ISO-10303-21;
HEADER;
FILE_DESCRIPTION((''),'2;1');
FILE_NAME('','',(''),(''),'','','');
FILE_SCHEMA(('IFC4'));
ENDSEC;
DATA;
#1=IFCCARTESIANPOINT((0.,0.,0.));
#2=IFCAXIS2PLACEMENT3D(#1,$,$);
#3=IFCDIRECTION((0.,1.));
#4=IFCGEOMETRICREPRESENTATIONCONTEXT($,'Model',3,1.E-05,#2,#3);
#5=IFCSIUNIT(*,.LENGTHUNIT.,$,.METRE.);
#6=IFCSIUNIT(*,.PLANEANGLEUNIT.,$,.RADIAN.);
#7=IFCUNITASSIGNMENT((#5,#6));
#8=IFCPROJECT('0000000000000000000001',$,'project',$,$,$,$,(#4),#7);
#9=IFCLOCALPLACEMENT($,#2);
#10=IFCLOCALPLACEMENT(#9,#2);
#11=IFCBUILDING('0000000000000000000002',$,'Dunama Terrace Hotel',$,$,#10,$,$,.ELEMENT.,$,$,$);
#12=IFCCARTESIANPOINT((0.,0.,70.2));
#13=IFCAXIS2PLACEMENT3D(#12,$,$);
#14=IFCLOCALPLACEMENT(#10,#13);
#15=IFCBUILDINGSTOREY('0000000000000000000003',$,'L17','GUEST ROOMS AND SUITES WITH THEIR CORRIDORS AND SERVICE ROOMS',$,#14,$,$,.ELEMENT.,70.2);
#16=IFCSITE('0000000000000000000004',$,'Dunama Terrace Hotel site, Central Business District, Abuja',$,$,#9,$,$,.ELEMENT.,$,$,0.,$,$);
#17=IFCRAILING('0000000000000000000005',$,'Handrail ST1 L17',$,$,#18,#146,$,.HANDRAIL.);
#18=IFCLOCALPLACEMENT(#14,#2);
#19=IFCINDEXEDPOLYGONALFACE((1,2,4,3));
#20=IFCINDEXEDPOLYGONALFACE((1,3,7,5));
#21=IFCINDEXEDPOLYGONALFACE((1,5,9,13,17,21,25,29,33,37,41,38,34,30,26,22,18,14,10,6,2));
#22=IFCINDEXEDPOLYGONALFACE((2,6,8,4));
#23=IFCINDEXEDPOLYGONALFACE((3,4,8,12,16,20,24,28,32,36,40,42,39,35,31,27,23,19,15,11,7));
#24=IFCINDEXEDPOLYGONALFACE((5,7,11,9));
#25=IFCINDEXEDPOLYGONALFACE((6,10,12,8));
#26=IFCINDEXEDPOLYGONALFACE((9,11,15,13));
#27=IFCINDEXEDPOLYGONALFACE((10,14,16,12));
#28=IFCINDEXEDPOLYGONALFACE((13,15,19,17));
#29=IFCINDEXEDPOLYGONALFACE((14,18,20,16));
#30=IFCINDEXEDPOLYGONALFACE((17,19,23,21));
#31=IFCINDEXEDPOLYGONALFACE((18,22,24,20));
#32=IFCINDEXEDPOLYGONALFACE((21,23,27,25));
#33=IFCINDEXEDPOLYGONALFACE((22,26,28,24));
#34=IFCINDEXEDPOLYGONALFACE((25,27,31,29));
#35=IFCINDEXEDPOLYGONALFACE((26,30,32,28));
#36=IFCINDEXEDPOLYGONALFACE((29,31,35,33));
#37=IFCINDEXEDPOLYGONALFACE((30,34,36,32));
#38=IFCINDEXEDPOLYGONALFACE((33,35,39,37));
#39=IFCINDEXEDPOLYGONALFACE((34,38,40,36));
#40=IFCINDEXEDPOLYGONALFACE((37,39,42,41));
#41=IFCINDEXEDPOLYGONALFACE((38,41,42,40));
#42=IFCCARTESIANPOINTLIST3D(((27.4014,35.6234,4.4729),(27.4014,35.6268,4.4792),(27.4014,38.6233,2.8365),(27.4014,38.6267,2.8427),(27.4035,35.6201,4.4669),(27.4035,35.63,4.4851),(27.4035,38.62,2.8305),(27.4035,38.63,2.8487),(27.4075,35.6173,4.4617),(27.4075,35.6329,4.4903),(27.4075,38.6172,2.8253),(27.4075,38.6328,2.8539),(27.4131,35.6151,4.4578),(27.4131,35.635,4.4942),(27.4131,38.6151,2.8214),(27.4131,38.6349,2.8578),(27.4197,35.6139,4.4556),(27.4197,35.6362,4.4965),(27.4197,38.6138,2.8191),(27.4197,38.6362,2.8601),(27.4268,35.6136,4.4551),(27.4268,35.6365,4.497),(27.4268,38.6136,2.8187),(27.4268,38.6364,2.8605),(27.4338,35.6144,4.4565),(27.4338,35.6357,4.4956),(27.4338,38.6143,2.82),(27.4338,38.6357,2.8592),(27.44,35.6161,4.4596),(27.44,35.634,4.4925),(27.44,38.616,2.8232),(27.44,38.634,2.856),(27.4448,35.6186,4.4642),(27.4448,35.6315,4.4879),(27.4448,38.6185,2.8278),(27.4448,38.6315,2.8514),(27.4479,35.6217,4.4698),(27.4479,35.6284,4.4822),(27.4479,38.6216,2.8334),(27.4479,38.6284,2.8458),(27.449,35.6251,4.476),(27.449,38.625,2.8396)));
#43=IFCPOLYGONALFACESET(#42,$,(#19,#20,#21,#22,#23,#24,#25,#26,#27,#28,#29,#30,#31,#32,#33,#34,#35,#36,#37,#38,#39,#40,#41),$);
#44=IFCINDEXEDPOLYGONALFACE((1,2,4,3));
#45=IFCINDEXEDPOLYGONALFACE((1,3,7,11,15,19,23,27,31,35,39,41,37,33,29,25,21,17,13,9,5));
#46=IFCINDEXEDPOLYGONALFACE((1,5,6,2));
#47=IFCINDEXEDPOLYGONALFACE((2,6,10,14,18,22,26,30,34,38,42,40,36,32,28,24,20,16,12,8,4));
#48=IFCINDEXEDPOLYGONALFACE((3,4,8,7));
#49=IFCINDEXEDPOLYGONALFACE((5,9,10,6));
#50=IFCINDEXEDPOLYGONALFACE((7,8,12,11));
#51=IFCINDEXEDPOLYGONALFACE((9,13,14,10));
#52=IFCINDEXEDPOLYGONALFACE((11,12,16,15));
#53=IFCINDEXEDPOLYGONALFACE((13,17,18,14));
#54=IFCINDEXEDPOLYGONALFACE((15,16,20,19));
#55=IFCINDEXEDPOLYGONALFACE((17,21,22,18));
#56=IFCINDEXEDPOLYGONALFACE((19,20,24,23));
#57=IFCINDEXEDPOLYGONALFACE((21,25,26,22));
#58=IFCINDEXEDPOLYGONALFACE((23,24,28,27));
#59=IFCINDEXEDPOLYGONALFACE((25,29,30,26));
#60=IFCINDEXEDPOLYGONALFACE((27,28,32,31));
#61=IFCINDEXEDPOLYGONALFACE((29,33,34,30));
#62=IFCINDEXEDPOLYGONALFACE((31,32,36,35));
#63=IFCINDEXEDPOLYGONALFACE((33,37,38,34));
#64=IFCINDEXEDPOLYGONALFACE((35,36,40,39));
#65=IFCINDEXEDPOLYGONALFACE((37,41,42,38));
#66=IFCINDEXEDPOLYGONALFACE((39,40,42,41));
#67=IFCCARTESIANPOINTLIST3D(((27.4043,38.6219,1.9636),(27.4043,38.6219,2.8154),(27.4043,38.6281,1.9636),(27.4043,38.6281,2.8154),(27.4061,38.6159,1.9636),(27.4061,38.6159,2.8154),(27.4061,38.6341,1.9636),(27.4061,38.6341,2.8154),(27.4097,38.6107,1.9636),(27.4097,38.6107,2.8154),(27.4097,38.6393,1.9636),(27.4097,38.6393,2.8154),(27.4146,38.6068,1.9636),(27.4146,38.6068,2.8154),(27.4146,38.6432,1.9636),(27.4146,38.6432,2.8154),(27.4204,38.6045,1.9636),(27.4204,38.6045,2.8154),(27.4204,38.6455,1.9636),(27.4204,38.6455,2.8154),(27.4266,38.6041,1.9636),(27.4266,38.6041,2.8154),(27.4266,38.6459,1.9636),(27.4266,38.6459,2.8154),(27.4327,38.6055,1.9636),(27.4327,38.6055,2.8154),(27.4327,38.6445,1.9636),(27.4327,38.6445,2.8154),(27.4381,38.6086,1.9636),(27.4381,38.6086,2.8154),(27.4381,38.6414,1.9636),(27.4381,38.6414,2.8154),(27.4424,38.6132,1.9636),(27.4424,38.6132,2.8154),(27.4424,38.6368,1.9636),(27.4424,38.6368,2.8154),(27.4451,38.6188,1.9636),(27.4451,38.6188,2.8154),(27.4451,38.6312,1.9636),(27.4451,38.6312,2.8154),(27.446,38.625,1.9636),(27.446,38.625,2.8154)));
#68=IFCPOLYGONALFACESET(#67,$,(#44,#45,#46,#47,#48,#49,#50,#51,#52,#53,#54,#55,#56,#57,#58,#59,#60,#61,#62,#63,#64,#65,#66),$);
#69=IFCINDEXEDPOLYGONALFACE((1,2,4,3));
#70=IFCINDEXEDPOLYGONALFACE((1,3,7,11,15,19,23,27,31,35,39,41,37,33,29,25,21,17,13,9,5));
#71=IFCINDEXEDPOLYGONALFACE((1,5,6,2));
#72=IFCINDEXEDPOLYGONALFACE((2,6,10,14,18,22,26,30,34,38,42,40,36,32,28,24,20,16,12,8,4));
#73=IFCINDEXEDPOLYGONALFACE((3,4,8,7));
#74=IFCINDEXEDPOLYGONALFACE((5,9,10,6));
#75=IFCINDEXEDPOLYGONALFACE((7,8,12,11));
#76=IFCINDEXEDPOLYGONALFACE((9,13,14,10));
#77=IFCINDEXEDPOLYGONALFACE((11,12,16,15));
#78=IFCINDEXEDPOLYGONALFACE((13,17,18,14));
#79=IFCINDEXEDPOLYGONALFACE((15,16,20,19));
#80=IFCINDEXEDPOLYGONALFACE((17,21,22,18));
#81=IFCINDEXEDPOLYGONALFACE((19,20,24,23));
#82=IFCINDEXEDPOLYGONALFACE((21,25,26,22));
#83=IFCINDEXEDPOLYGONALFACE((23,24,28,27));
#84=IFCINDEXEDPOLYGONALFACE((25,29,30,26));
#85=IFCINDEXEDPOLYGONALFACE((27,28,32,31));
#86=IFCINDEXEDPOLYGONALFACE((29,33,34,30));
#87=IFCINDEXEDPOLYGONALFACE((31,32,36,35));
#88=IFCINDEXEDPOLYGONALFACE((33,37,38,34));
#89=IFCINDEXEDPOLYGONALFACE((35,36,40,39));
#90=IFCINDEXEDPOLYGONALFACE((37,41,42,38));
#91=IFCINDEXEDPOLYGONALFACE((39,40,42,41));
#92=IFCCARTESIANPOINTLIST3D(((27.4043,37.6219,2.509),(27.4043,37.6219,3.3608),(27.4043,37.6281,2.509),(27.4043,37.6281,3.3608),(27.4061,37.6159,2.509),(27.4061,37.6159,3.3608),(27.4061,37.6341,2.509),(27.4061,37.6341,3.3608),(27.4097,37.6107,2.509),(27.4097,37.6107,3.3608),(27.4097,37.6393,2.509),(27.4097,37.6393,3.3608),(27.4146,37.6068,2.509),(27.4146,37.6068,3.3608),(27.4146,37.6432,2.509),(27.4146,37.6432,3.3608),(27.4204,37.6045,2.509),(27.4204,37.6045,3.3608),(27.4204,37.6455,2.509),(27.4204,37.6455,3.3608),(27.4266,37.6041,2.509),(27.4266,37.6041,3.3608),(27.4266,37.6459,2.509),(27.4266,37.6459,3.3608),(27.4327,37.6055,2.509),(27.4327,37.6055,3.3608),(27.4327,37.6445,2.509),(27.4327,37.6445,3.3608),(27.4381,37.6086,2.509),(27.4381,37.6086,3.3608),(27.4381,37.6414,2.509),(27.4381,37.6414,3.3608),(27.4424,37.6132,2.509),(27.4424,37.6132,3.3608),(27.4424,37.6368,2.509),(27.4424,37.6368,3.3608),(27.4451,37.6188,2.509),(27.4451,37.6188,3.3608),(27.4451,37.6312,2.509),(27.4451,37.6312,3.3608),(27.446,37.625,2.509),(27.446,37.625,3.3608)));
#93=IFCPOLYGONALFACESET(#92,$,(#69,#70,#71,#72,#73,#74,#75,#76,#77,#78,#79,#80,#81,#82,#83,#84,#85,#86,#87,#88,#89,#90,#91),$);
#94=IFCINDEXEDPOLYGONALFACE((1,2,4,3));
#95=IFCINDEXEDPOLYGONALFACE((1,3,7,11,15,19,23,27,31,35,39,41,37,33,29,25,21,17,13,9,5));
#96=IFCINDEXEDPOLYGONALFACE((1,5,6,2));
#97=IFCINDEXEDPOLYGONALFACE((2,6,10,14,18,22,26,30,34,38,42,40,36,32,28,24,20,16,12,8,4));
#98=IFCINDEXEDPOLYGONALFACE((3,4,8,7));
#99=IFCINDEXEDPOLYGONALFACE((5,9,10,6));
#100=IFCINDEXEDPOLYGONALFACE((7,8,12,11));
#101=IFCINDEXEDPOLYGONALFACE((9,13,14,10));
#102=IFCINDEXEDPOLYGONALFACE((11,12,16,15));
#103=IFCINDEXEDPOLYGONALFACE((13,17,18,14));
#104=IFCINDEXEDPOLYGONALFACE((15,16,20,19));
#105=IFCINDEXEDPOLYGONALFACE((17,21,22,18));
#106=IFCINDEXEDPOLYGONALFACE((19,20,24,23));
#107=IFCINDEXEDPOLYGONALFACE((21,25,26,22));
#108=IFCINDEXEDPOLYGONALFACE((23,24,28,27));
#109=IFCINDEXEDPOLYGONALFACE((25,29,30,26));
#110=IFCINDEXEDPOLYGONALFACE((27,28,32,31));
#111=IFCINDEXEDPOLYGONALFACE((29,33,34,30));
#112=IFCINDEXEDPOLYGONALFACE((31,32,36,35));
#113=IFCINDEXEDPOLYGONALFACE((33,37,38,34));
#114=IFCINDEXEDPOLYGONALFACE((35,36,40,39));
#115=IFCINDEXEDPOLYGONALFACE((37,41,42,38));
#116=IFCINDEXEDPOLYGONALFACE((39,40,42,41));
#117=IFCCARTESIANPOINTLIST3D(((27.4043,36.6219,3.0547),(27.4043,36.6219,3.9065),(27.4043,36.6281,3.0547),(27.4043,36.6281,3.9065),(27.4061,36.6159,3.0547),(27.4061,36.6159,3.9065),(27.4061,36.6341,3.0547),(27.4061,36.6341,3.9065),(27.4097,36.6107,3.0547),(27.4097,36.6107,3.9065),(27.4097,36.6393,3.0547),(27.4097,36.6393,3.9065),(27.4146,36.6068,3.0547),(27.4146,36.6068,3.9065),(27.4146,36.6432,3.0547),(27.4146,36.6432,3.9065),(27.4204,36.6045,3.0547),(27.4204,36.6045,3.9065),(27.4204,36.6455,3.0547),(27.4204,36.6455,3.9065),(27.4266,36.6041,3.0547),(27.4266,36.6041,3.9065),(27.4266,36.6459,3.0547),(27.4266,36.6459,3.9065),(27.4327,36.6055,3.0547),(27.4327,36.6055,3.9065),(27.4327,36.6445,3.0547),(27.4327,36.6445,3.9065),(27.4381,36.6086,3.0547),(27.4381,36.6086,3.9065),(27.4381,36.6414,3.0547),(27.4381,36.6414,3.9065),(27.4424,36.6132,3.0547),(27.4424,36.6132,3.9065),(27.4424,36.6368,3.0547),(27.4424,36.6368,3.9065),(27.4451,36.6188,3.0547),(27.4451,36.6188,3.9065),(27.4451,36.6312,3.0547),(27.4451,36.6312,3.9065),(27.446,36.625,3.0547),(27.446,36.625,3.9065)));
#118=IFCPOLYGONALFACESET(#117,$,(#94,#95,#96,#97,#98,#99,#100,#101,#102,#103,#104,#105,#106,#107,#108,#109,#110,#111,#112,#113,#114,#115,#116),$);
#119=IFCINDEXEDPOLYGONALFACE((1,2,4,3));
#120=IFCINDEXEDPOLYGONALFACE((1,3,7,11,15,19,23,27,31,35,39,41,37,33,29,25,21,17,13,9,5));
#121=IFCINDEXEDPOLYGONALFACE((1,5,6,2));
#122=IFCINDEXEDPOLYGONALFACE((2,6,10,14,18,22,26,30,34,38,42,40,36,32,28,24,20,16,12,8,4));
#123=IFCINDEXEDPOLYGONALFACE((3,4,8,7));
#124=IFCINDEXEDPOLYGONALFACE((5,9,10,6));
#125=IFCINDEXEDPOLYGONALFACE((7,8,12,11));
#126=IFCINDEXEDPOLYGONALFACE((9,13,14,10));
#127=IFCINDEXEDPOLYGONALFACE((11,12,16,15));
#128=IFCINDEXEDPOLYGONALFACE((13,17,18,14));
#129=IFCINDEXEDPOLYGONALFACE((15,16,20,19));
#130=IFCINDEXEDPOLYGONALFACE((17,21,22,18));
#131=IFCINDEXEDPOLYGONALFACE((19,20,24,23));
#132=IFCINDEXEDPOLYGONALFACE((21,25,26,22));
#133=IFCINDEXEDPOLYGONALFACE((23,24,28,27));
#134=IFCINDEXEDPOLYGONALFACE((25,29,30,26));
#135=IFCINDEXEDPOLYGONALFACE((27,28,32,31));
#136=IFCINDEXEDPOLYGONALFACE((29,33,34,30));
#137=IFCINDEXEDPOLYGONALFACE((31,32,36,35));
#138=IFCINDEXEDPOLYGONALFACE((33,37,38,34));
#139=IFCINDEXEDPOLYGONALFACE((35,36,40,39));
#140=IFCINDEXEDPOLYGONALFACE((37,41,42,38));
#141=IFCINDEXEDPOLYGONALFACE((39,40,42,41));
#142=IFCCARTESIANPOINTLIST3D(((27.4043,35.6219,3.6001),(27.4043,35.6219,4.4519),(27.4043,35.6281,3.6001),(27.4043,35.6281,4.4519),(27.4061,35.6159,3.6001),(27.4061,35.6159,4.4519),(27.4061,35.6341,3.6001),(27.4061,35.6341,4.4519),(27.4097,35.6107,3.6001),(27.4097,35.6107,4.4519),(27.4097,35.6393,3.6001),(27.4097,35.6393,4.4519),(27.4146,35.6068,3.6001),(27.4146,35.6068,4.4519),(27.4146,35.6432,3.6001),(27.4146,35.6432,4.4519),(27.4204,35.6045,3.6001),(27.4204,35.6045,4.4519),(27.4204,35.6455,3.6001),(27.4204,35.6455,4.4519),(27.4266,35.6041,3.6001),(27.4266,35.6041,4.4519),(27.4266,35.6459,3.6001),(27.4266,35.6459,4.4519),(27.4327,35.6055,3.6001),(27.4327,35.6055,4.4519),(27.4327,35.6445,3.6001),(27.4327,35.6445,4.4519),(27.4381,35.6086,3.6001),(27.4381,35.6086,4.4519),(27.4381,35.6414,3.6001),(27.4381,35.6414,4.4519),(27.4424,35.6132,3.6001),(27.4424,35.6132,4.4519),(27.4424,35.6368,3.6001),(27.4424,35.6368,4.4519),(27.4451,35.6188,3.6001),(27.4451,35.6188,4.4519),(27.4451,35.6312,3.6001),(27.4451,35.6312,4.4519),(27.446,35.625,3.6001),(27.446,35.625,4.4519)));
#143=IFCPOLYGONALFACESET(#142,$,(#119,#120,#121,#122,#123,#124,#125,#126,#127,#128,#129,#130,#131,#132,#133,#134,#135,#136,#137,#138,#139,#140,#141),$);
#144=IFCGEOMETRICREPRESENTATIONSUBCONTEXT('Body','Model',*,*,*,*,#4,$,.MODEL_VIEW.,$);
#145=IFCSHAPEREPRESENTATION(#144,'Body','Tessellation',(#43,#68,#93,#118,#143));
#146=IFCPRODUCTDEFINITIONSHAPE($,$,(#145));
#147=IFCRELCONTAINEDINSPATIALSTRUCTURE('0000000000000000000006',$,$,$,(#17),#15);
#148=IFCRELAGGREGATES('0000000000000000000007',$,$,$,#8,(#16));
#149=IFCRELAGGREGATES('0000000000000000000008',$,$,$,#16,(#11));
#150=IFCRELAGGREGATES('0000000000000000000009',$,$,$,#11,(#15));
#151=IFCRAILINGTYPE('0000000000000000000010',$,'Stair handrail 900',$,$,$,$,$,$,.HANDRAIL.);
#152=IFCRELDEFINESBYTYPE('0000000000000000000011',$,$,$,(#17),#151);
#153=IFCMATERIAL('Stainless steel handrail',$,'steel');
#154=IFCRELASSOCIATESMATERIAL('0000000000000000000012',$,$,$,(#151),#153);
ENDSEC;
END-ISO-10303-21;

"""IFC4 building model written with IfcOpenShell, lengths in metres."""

from ifc_helpers import new_model, si_unit, direction, frame, origin, origin_2d, place, context, subcontext, project, spatial, circle, extrude, material, type_object, element, save


model = new_model("IFC4")

# Units and contexts
model_context = context("Model", 3, precision=1e-05, world=origin(), true_north=direction((0.0, 1.0)))
body_context = subcontext(model_context, "Body", "Model", "MODEL_VIEW")
ifc_project = project(units=[si_unit("LENGTHUNIT", "METRE"), si_unit("PLANEANGLEUNIT", "RADIAN")], contexts=[model_context])

# Site, building, storey
site_placement = place(None, origin())
site = spatial("IfcSite", under=ifc_project, at=site_placement, Name="Dunama Terrace Hotel site, Central Business District, Abuja", CompositionType="ELEMENT", RefElevation=0.0)
building_placement = place(site_placement, origin())
building = spatial("IfcBuilding", under=site, at=building_placement, Name="Dunama Terrace Hotel", CompositionType="ELEMENT")
storey_placement = place(building_placement, frame((0.0, 0.0, 70.2)))
storey = spatial("IfcBuildingStorey", under=building, at=storey_placement, Name="L17", Description="GUEST ROOMS AND SUITES WITH THEIR CORRIDORS AND SERVICE ROOMS", CompositionType="ELEMENT", Elevation=70.2)

# Railing
ifc_material_1 = material(Name="Stainless steel handrail", Category="steel")
railing_type = type_object("IfcRailingType", Name="Stair handrail 900", PredefinedType="HANDRAIL", material=ifc_material_1)
railing_1_placement = place(storey_placement, frame((27.425, 38.625, 1.9636)))
element("IfcRailing", 1, at=railing_1_placement, inside=storey, type_object=railing_type, Name="Handrail ST1 L17", PredefinedType="HANDRAIL", context=body_context, shape_type="SweptSolid", body=[
    extrude(circle(Radius=0.0239, at=origin_2d()), frame((0.0, 0.0, 0.876), z_axis=(0.0, -0.877882, 0.478877), x_axis=(1.0, 0.0, 0.0)), (0.0, 0.0, 1.0), 3.4172),
    extrude(circle(Radius=0.021, at=origin_2d()), origin(), (0.0, 0.0, 1.0), 0.8518),
    extrude(circle(Radius=0.021, at=origin_2d()), frame((0.0, -1.0, 0.5454)), (0.0, 0.0, 1.0), 0.8518),
    extrude(circle(Radius=0.021, at=origin_2d()), frame((0.0, -2.0, 1.0911)), (0.0, 0.0, 1.0), 0.8518),
    extrude(circle(Radius=0.021, at=origin_2d()), frame((0.0, -3.0, 1.6365)), (0.0, 0.0, 1.0), 0.8518),
])

save(model, "model.ifc")
